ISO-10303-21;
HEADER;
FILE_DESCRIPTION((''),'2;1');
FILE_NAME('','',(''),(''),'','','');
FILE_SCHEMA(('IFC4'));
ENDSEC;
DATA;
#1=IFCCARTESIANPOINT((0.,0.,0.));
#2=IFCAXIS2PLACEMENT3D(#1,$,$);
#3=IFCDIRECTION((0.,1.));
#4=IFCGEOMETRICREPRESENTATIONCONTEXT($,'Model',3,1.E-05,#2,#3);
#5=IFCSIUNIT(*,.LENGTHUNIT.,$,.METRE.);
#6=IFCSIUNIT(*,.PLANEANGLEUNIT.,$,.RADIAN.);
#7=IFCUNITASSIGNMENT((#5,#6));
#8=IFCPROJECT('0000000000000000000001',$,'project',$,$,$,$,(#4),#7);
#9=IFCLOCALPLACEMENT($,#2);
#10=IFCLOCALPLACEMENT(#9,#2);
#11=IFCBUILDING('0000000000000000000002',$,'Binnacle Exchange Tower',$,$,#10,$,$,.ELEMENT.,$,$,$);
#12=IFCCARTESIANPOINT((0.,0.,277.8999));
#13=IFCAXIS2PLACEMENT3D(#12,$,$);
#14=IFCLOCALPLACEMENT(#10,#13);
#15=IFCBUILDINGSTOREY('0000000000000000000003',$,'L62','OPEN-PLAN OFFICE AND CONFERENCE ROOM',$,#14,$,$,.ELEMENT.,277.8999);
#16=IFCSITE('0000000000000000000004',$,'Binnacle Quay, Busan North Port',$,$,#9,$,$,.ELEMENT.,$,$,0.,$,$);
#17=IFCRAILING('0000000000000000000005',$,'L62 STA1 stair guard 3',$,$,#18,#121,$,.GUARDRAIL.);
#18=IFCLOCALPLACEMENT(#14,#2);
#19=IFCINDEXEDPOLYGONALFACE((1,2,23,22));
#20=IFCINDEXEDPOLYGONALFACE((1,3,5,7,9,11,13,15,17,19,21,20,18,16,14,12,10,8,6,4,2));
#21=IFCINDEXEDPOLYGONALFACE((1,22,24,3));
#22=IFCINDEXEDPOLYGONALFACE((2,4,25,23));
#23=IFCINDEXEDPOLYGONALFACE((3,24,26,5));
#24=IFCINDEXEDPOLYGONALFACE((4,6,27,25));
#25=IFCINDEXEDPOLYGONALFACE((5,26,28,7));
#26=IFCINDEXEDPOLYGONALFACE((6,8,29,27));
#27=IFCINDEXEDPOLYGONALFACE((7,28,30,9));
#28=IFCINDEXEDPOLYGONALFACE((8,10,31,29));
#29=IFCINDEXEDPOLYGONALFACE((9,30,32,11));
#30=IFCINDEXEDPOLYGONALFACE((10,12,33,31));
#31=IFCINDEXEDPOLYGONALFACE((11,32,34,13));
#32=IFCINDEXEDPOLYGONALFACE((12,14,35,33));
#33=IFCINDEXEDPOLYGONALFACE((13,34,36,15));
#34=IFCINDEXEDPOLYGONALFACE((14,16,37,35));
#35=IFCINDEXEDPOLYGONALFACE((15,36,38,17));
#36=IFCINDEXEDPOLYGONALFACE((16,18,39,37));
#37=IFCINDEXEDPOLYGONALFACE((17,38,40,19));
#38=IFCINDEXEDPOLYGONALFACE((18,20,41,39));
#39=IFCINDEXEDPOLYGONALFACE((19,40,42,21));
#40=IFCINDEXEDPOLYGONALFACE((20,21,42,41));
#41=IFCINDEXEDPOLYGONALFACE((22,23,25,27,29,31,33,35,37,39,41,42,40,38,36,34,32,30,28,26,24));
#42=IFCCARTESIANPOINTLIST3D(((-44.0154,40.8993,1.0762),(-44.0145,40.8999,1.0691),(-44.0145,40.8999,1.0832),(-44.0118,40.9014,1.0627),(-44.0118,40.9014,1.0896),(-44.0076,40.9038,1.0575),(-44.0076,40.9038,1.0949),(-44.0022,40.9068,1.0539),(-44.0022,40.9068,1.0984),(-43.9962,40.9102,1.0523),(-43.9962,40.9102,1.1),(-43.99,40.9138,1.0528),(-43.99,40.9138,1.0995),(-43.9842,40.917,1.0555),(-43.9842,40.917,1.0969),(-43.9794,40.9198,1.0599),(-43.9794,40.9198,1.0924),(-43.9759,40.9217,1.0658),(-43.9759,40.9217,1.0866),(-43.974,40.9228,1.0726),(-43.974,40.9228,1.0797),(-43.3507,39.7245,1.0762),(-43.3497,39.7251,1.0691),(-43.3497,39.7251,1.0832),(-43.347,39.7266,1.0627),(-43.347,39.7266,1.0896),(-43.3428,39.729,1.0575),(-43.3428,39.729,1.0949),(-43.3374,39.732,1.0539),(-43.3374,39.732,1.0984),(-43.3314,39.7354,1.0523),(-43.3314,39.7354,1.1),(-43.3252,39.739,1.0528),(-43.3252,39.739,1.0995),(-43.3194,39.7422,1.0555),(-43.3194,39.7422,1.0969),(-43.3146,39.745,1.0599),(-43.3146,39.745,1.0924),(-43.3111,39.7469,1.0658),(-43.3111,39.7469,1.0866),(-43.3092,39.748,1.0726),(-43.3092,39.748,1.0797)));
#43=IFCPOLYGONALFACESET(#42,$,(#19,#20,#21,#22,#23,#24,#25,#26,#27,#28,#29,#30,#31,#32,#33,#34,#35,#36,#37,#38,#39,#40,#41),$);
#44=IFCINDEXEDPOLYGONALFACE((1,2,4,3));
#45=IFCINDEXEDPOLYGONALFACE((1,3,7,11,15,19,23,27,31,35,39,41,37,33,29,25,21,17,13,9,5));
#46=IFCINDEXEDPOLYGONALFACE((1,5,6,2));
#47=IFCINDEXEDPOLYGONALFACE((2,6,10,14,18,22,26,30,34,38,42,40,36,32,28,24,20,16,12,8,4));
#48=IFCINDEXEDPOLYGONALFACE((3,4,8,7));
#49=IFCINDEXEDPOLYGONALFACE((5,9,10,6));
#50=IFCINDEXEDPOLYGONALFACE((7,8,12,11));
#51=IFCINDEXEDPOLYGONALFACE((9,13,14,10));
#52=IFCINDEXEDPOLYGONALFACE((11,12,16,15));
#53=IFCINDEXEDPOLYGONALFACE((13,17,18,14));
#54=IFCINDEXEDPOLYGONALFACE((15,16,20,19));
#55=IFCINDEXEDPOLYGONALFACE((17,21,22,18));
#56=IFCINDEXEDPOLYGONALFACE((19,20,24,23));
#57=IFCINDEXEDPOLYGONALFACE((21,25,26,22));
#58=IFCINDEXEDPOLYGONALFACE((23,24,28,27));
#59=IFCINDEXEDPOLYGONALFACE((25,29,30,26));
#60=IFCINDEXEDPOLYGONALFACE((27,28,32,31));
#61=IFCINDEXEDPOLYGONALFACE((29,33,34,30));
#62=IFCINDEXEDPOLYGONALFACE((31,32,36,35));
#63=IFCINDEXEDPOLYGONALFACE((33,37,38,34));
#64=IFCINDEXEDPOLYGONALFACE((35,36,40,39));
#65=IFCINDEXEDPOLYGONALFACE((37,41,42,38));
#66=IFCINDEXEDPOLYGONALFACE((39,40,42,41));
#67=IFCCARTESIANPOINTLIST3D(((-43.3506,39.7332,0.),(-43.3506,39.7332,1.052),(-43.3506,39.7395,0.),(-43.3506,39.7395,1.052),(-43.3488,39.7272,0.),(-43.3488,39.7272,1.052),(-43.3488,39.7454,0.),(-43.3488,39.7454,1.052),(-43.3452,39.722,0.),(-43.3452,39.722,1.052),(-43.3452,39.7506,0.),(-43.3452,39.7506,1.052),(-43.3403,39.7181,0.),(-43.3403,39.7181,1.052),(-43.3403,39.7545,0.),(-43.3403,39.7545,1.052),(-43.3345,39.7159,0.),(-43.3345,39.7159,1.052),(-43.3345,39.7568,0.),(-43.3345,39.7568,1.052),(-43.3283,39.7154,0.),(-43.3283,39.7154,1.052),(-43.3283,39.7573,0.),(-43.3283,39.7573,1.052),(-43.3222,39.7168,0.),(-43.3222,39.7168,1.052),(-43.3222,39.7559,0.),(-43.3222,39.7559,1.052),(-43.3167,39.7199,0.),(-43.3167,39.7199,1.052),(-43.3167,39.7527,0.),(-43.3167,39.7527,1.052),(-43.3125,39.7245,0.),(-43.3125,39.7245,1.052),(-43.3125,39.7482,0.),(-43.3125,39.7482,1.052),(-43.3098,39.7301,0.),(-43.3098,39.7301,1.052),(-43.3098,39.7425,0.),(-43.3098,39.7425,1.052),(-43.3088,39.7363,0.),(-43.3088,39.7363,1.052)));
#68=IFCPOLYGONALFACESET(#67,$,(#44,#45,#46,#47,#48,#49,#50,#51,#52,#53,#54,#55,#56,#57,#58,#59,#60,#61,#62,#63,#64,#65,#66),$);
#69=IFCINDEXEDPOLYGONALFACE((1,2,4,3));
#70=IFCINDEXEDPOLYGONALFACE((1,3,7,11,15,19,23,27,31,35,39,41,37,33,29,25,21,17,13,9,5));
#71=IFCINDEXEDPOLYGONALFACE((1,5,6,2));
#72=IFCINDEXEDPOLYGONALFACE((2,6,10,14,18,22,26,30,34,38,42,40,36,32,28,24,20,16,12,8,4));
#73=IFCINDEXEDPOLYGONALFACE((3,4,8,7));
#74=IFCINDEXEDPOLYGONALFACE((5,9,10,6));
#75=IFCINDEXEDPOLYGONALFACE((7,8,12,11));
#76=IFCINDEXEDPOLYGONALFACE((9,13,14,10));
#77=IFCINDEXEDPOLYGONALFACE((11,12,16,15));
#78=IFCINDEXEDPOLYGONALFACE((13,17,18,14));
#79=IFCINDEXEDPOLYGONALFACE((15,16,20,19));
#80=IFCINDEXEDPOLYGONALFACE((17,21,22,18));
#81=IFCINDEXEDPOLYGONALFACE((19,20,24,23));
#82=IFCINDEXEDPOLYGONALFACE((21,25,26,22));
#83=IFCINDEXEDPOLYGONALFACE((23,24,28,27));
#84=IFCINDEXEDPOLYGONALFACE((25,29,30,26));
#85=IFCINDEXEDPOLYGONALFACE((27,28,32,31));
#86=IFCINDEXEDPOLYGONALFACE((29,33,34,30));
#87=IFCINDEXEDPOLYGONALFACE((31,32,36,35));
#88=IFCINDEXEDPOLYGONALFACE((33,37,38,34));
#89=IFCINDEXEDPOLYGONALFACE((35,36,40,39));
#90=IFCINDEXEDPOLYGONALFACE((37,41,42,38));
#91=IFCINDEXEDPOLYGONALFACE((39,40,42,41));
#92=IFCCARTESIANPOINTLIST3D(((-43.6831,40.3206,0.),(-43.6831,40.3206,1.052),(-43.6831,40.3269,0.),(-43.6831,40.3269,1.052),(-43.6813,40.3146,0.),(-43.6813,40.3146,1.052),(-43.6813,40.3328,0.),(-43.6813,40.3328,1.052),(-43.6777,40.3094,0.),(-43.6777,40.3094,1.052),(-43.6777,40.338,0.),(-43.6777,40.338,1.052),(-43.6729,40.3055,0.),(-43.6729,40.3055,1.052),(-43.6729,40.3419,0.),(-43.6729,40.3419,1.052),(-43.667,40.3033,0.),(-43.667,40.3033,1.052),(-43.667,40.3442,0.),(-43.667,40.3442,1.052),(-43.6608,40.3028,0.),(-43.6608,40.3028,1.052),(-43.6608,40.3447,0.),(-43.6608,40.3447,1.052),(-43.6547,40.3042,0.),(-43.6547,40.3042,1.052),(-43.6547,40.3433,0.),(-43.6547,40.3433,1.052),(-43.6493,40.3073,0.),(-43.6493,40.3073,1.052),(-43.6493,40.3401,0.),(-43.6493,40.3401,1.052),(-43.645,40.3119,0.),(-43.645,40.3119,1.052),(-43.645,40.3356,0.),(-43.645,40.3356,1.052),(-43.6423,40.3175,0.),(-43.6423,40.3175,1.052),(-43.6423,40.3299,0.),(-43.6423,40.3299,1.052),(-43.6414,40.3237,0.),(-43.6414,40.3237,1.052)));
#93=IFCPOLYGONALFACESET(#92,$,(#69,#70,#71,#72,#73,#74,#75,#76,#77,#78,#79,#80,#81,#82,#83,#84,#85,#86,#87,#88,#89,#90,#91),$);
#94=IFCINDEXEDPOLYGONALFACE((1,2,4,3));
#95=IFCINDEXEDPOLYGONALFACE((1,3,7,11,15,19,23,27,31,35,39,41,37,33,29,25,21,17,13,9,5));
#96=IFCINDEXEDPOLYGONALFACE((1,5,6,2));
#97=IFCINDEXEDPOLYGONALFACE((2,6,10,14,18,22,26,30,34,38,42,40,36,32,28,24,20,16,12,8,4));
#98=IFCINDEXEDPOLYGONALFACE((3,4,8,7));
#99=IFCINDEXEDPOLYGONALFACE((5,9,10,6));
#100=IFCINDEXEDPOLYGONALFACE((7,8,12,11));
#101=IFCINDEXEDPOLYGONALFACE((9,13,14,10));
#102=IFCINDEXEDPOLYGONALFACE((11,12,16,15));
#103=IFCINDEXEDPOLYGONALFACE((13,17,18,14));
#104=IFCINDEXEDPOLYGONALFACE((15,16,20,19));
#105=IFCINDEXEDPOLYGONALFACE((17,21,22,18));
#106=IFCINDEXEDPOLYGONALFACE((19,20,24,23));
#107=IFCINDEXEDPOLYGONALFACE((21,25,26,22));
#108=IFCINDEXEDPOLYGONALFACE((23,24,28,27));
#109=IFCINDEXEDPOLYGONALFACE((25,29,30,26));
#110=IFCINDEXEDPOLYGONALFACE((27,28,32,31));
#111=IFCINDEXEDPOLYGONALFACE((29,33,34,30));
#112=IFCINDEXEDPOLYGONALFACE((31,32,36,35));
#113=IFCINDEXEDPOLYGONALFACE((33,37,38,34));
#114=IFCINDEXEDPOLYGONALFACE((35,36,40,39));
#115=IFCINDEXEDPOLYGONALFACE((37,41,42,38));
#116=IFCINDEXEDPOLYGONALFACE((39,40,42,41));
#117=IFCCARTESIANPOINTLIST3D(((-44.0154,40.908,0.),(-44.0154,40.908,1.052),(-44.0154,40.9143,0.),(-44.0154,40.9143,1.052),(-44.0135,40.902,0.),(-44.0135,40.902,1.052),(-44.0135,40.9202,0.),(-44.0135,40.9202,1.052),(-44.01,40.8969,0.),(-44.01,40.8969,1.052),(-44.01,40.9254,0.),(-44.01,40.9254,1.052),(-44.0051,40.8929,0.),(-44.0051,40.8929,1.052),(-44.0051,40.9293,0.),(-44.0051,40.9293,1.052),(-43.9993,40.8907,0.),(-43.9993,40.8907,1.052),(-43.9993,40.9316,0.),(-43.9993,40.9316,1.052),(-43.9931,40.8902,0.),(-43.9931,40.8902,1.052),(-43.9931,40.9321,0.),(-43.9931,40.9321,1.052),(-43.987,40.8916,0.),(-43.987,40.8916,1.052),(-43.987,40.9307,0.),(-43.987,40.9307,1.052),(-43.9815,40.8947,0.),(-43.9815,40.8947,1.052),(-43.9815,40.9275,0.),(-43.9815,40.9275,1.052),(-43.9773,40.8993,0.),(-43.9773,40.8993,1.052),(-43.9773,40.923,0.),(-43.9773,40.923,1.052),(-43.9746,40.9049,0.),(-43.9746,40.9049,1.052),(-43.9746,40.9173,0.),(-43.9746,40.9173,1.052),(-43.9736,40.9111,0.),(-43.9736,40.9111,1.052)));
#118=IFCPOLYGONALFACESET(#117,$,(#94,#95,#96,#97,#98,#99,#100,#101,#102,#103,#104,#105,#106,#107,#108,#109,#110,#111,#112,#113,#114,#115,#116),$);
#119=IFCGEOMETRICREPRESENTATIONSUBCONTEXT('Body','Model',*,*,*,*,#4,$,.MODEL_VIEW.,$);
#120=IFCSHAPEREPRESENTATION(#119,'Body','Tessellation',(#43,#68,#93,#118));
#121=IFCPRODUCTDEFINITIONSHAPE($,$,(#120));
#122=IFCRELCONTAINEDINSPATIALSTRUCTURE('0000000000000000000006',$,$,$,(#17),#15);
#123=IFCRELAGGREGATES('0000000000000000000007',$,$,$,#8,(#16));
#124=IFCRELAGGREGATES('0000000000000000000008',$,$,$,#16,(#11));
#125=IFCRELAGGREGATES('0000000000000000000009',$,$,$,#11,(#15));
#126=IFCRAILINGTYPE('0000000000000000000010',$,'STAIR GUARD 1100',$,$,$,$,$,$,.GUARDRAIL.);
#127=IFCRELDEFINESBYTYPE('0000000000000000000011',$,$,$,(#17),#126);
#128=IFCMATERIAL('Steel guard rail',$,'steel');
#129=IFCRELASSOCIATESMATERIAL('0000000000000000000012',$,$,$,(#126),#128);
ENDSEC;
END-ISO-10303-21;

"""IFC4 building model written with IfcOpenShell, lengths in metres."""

from ifc_helpers import new_model, si_unit, direction, frame, origin, origin_2d, place, context, subcontext, project, spatial, circle, extrude, material, type_object, element, save


model = new_model("IFC4")

# Units and contexts
model_context = context("Model", 3, precision=1e-05, world=origin(), true_north=direction((0.0, 1.0)))
body_context = subcontext(model_context, "Body", "Model", "MODEL_VIEW")
ifc_project = project(units=[si_unit("LENGTHUNIT", "METRE"), si_unit("PLANEANGLEUNIT", "RADIAN")], contexts=[model_context])

# Site, building, storey
site_placement = place(None, origin())
site = spatial("IfcSite", under=ifc_project, at=site_placement, Name="Binnacle Quay, Busan North Port", CompositionType="ELEMENT", RefElevation=0.0)
building_placement = place(site_placement, origin())
building = spatial("IfcBuilding", under=site, at=building_placement, Name="Binnacle Exchange Tower", CompositionType="ELEMENT")
storey_placement = place(building_placement, frame((0.0, 0.0, 277.8999)))
storey = spatial("IfcBuildingStorey", under=building, at=storey_placement, Name="L62", Description="OPEN-PLAN OFFICE AND CONFERENCE ROOM", CompositionType="ELEMENT", Elevation=277.8999)

# Railing
ifc_material_1 = material(Name="Steel guard rail", Category="steel")
railing_type = type_object("IfcRailingType", Name="STAIR GUARD 1100", PredefinedType="GUARDRAIL", material=ifc_material_1)
railing_placement = place(storey_placement, frame((-43.3298, 39.7363, 0.0)))
element("IfcRailing", 1, at=railing_placement, inside=storey, type_object=railing_type, Name="L62 STA1 stair guard 3", PredefinedType="GUARDRAIL", context=body_context, shape_type="SweptSolid", body=[
    extrude(circle(Radius=0.0239, at=origin_2d()), frame((0.0, 0.0, 1.0762), z_axis=(-0.492492, 0.870317, 0.0), x_axis=(-0.870317, -0.492492, 0.0)), (0.0, 0.0, 1.0), 1.3499),
    extrude(circle(Radius=0.021, at=origin_2d()), origin(), (0.0, 0.0, 1.0), 1.052),
    extrude(circle(Radius=0.021, at=origin_2d()), frame((-0.3325, 0.5874, 0.0)), (0.0, 0.0, 1.0), 1.052),
    extrude(circle(Radius=0.021, at=origin_2d()), frame((-0.6648, 1.1748, 0.0)), (0.0, 0.0, 1.0), 1.052),
])

save(model, "model.ifc")
